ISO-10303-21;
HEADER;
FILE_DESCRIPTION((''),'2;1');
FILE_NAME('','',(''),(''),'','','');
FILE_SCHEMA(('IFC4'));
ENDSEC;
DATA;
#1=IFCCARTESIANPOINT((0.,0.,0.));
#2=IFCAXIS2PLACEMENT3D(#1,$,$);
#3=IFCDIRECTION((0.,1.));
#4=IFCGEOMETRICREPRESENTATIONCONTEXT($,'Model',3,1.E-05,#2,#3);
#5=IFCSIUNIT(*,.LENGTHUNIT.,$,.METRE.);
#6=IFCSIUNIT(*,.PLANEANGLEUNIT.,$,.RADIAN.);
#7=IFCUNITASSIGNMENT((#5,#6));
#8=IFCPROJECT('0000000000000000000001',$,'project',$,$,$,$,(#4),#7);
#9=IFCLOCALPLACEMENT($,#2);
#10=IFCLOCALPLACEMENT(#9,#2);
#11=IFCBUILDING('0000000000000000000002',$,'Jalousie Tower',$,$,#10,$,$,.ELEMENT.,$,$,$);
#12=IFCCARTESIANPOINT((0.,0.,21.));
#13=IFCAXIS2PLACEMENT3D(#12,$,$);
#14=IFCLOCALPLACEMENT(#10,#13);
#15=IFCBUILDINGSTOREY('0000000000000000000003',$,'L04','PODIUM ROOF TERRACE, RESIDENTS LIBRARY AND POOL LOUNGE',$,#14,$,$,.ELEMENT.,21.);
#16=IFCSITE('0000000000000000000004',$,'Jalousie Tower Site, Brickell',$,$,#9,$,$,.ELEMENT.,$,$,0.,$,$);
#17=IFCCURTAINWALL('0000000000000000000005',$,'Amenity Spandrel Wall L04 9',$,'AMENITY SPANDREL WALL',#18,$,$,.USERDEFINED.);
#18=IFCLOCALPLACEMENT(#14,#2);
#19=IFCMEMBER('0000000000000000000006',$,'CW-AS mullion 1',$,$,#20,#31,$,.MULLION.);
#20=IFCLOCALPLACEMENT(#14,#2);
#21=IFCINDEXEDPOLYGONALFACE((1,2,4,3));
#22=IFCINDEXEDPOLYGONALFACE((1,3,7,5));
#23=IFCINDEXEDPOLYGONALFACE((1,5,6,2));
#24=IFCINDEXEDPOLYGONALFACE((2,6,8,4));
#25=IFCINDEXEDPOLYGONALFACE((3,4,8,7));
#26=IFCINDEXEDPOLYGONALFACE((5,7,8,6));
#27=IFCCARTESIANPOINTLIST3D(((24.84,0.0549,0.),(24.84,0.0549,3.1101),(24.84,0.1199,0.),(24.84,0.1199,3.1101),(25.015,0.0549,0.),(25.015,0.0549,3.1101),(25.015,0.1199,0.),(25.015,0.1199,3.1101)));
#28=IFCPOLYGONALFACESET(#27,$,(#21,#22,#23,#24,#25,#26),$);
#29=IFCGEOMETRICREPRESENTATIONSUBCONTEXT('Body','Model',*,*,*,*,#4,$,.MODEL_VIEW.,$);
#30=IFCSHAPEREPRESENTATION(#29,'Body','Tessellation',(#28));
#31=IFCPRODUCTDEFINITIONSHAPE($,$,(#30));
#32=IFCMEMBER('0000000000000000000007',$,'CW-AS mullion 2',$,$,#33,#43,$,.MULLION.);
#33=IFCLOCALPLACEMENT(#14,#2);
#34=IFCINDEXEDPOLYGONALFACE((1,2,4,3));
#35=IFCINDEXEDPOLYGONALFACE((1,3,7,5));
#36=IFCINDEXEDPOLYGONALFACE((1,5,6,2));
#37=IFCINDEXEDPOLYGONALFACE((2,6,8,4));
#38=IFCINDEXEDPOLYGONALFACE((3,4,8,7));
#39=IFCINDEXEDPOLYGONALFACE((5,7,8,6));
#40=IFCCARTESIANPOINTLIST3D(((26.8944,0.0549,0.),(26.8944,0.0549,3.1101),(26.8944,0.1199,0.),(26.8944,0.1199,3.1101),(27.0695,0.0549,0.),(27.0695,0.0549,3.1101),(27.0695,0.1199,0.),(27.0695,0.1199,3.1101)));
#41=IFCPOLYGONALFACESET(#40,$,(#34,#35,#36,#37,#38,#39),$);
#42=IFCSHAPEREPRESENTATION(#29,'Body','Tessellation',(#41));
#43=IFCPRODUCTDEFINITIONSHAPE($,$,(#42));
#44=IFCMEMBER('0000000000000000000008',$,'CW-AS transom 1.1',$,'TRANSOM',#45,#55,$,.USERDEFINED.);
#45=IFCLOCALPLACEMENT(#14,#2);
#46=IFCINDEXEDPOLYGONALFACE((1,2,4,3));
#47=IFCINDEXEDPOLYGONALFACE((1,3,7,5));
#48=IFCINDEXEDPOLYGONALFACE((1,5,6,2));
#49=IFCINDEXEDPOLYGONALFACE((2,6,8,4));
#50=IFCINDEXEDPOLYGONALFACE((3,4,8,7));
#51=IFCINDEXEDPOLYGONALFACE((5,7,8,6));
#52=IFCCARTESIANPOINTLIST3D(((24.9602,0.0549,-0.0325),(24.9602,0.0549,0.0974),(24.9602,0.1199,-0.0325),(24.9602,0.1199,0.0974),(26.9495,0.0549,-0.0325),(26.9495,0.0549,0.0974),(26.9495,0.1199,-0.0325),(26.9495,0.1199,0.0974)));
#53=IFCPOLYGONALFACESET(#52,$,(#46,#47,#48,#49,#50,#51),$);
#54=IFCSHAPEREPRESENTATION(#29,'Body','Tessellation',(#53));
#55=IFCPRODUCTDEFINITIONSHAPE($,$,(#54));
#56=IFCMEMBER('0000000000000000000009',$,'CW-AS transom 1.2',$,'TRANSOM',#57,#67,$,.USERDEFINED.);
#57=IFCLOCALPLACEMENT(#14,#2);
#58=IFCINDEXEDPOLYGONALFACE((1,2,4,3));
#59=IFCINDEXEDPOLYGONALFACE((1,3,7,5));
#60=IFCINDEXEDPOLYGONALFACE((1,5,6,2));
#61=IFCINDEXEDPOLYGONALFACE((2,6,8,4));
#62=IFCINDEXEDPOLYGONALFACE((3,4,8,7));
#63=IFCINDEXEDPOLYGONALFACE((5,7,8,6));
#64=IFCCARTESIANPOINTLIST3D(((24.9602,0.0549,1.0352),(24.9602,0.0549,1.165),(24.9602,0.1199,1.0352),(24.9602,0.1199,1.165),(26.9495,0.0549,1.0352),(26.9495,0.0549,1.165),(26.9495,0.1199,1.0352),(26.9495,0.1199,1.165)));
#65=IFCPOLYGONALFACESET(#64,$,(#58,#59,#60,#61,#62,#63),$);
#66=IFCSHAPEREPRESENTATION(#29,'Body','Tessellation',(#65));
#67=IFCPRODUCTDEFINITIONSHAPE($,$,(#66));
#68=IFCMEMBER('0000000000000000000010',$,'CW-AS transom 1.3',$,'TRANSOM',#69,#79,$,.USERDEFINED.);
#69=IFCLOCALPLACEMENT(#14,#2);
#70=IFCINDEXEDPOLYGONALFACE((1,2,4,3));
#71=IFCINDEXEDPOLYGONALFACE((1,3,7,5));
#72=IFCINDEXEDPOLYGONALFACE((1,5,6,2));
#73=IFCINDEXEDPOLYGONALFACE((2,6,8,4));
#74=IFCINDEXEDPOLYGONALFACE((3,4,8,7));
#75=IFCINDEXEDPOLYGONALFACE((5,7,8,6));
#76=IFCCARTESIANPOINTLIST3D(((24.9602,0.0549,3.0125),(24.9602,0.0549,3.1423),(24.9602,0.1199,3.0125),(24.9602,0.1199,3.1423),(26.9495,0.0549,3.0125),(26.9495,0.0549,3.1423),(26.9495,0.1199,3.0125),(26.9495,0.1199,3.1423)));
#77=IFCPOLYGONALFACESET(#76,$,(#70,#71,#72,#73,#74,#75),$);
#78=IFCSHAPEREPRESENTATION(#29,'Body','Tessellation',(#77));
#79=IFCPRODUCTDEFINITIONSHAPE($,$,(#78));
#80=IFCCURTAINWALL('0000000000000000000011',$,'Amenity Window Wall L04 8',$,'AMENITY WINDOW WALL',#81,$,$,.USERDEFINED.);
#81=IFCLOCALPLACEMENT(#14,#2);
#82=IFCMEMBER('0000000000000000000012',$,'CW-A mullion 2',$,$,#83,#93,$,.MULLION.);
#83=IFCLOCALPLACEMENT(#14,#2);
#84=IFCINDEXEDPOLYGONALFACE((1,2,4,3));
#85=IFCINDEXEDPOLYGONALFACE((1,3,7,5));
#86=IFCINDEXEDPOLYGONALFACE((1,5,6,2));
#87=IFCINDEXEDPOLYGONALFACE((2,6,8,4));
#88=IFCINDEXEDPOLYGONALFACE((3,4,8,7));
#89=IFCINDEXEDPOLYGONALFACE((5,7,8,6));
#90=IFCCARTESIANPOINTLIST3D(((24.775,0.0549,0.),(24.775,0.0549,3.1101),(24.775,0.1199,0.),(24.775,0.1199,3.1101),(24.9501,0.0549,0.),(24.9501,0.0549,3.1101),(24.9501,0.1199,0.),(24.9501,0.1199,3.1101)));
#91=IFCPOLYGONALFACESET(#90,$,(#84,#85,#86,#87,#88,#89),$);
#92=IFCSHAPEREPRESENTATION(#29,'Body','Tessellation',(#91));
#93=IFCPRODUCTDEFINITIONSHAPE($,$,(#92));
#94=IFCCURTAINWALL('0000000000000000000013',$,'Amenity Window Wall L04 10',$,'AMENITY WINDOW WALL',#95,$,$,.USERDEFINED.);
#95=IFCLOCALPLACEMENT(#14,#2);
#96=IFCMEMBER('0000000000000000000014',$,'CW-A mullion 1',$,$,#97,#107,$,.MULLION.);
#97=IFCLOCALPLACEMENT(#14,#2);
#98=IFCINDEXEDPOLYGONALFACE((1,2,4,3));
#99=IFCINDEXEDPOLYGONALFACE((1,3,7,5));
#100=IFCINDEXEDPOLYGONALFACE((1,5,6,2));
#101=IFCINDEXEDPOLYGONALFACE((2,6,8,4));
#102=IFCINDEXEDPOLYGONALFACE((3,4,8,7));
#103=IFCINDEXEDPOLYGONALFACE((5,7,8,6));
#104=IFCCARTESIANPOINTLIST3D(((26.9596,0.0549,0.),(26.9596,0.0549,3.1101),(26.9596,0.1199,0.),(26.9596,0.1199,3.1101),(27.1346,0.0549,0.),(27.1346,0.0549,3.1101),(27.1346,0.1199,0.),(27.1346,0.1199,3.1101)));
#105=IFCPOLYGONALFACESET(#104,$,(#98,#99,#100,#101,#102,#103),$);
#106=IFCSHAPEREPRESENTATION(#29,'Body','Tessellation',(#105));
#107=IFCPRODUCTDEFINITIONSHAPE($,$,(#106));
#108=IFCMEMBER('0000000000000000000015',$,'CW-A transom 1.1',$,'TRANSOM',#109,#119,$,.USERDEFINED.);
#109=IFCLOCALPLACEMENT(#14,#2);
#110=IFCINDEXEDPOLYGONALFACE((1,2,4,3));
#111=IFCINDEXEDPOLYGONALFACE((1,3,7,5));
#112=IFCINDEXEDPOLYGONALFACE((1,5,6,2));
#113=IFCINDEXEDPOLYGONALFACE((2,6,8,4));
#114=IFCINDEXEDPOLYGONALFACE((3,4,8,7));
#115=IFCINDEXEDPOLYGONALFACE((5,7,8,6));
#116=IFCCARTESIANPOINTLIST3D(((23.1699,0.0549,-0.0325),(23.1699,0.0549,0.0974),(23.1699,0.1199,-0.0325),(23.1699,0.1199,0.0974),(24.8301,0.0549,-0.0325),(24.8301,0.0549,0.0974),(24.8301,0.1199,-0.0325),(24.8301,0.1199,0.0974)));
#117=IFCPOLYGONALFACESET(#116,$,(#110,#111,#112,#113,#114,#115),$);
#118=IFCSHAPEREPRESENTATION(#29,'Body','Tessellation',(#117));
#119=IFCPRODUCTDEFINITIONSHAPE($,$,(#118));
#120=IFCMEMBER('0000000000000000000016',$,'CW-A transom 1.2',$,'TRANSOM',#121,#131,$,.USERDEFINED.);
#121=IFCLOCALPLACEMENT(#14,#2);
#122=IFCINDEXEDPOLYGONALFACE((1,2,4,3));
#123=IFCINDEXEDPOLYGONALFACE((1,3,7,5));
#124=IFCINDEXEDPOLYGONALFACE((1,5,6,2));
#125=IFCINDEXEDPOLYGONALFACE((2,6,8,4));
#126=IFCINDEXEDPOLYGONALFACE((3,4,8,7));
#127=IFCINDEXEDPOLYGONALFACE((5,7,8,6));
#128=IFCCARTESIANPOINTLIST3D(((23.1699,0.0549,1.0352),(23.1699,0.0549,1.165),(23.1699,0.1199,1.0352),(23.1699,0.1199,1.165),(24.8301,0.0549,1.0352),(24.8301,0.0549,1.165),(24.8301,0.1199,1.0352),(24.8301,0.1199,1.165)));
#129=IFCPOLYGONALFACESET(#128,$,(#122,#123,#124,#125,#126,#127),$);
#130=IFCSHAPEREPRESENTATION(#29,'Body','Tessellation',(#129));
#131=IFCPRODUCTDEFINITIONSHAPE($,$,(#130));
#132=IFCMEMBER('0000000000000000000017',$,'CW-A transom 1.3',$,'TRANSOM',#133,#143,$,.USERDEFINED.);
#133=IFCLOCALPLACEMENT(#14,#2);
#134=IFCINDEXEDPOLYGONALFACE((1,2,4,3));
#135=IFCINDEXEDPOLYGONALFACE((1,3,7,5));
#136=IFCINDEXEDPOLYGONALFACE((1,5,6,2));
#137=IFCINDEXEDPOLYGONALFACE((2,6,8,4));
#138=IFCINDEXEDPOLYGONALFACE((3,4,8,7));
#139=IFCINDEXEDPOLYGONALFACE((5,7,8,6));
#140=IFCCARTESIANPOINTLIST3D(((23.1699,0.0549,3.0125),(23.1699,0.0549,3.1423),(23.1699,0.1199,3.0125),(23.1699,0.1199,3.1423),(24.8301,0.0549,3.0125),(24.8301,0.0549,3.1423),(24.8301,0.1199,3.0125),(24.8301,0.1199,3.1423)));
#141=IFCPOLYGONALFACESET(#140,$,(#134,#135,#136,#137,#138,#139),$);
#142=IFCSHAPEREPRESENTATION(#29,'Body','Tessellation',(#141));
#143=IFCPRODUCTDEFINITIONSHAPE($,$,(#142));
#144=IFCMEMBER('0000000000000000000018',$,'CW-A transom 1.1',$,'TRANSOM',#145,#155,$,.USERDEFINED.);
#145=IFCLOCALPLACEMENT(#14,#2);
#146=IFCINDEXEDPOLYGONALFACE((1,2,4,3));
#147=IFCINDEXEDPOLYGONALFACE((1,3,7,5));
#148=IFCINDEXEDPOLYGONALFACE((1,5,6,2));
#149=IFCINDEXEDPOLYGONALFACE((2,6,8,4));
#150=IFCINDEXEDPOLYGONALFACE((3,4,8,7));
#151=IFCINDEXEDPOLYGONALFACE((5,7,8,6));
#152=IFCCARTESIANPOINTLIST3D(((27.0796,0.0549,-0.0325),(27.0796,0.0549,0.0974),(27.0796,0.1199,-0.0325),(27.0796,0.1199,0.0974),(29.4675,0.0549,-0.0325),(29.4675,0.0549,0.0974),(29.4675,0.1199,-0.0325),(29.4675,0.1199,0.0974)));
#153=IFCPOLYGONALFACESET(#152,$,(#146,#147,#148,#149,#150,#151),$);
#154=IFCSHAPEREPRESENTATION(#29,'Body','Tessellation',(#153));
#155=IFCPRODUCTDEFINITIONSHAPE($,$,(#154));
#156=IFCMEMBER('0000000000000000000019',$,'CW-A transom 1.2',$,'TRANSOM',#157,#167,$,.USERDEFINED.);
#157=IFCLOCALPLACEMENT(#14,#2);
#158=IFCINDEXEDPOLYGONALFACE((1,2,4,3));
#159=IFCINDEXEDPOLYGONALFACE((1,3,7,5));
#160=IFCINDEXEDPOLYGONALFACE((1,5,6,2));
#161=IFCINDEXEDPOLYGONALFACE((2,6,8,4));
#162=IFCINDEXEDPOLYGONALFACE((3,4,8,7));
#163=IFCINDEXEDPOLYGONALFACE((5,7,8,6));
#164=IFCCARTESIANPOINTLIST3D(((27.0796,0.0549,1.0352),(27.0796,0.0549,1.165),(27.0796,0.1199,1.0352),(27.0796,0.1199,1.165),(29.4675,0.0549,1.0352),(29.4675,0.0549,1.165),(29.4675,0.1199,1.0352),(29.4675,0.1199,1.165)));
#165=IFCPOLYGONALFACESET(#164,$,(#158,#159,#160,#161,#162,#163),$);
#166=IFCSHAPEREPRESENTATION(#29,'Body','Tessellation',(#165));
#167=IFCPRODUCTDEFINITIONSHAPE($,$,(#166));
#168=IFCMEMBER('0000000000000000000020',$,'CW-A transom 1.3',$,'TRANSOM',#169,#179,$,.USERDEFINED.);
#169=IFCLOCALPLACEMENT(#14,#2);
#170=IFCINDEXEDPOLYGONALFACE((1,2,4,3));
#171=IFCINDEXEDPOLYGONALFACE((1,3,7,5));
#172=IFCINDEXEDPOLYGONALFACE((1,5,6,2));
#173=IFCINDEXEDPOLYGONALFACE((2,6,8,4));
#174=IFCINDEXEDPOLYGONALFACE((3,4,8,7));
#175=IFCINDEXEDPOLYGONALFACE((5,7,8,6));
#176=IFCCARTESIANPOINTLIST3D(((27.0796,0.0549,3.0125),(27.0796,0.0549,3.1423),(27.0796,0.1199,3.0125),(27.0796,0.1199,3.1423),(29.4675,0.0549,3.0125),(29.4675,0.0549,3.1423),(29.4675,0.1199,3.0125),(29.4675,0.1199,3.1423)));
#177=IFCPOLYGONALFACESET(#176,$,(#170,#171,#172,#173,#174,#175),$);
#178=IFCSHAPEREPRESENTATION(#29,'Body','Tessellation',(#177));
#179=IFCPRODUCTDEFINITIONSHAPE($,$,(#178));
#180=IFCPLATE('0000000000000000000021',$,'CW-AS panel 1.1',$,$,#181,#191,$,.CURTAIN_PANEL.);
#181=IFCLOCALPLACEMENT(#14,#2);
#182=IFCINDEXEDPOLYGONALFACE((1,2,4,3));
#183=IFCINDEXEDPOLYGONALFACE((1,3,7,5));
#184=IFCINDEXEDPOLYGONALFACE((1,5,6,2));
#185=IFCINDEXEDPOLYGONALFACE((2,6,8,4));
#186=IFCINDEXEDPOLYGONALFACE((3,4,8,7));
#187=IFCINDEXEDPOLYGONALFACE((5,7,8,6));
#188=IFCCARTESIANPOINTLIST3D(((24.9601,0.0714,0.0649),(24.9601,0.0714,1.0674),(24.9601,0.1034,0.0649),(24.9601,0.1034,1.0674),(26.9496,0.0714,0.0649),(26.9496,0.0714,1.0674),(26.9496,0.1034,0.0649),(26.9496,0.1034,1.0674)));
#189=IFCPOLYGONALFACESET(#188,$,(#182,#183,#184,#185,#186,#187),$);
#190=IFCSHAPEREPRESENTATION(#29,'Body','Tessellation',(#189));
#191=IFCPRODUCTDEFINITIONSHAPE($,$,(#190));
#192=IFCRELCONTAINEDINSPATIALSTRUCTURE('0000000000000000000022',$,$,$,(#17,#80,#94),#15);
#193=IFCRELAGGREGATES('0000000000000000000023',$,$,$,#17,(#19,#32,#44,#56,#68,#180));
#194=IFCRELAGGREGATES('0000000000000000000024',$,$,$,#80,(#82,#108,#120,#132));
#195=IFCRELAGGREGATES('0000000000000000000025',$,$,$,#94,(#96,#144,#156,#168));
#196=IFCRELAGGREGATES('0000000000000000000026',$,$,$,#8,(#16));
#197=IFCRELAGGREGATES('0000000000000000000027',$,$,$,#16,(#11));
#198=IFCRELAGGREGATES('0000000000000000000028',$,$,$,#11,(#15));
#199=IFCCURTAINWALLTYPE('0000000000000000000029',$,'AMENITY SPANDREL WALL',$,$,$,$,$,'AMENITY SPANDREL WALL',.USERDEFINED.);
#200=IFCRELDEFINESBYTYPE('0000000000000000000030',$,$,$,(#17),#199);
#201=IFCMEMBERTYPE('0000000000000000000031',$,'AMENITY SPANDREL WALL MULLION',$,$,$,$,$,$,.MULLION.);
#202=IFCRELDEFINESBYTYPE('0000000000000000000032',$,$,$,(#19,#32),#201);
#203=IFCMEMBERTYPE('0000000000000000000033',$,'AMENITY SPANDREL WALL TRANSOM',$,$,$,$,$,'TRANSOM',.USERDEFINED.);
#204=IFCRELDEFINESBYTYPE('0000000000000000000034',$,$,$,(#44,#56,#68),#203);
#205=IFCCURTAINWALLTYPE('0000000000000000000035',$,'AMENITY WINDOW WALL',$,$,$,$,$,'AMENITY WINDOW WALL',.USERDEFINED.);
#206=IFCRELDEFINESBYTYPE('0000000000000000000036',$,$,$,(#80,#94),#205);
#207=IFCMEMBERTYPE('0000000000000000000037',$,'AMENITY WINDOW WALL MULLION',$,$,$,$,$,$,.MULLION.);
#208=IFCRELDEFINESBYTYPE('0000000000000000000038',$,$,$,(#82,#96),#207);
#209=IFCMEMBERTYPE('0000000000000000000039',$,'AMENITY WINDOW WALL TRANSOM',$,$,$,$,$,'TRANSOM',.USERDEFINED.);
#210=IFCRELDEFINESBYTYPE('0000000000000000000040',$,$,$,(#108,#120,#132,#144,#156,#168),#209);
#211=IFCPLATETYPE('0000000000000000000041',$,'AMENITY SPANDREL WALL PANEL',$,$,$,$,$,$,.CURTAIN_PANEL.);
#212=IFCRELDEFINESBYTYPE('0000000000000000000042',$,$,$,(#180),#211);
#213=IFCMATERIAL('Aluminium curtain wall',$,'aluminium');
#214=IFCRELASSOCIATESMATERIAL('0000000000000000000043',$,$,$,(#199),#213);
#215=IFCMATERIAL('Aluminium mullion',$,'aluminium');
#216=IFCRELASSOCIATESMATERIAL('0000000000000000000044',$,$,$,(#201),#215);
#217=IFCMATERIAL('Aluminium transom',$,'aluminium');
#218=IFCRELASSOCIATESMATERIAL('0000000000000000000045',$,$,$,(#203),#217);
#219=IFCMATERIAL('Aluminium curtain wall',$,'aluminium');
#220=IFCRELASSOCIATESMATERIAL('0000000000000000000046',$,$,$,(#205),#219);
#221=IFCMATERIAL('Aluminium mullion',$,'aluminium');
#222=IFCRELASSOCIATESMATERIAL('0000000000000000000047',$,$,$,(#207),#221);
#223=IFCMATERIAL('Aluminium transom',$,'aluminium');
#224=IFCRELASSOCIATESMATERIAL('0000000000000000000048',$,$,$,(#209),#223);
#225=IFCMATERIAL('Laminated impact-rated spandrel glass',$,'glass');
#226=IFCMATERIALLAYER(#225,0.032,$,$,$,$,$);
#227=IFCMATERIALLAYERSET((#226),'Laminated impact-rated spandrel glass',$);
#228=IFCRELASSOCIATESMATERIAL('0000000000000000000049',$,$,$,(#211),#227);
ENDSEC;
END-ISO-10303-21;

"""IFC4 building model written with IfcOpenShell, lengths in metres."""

from ifc_helpers import new_model, si_unit, direction, frame, origin, origin_2d, place, context, subcontext, project, spatial, rectangle, extrude, material, layer, layer_set, material_profile, profile_set, type_object, element, aggregate, save


model = new_model("IFC4")

# Units and contexts
model_context = context("Model", 3, precision=1e-05, world=origin(), true_north=direction((0.0, 1.0)))
body_context = subcontext(model_context, "Body", "Model", "MODEL_VIEW")
ifc_project = project(units=[si_unit("LENGTHUNIT", "METRE"), si_unit("PLANEANGLEUNIT", "RADIAN")], contexts=[model_context])

# Site, building, storey
site_placement = place(None, origin())
site = spatial("IfcSite", under=ifc_project, at=site_placement, Name="Jalousie Tower Site, Brickell", CompositionType="ELEMENT", RefElevation=0.0)
building_placement = place(site_placement, origin())
building = spatial("IfcBuilding", under=site, at=building_placement, Name="Jalousie Tower", CompositionType="ELEMENT")
storey_placement = place(building_placement, frame((0.0, 0.0, 21.0)))
storey = spatial("IfcBuildingStorey", under=building, at=storey_placement, Name="L04", Description="PODIUM ROOF TERRACE, RESIDENTS LIBRARY AND POOL LOUNGE", CompositionType="ELEMENT", Elevation=21.0)

# Curtain wall, members
ifc_material_1 = material(Name="Aluminium curtain wall", Category="aluminium")
curtain_wall_type_1 = type_object("IfcCurtainWallType", Name="AMENITY SPANDREL WALL", ElementType="AMENITY SPANDREL WALL", PredefinedType="USERDEFINED", material=ifc_material_1)
curtain_wall_1_placement = place(storey_placement, origin())
curtain_wall_1 = element("IfcCurtainWall", 1, at=curtain_wall_1_placement, inside=storey, type_object=curtain_wall_type_1, Name="Amenity Spandrel Wall L04 9", ObjectType="AMENITY SPANDREL WALL", PredefinedType="USERDEFINED")
ifc_material_2 = material(Name="Aluminium mullion", Category="aluminium")
ifc_material_profile_1 = material_profile(ifc_material_2, rectangle(XDim=0.0649, YDim=0.175, at=origin_2d()), Name="MULLION 65x175")
ifc_profile_set_1 = profile_set([ifc_material_profile_1], Name="Aluminium mullion")
member_type_1 = type_object("IfcMemberType", Name="AMENITY SPANDREL WALL MULLION", PredefinedType="MULLION", material=ifc_profile_set_1)
member_1_placement = place(storey_placement, frame((24.9275, 0.0874, 0.0), z_axis=(0.0, 0.0, 1.0), x_axis=(0.0, 1.0, 0.0)))
member_1 = element("IfcMember", 2, at=member_1_placement, type_object=member_type_1, Name="CW-AS mullion 1", PredefinedType="MULLION", context=body_context, shape_type="SweptSolid", body=[
    extrude(rectangle(XDim=0.0649, YDim=0.175, at=origin_2d()), origin(), (0.0, 0.0, 1.0), 3.1101),
])
member_2_placement = place(storey_placement, frame((26.9819, 0.0874, 0.0), z_axis=(0.0, 0.0, 1.0), x_axis=(0.0, 1.0, 0.0)))
member_2 = element("IfcMember", 3, at=member_2_placement, type_object=member_type_1, Name="CW-AS mullion 2", PredefinedType="MULLION", context=body_context, shape_type="SweptSolid", body=[
    extrude(rectangle(XDim=0.0649, YDim=0.175, at=origin_2d()), origin(), (0.0, 0.0, 1.0), 3.1101),
])
ifc_material_3 = material(Name="Aluminium transom", Category="aluminium")
ifc_material_profile_2 = material_profile(ifc_material_3, rectangle(XDim=0.0649, YDim=0.1299, at=origin_2d()), Name="TRANSOM 65x130")
ifc_profile_set_2 = profile_set([ifc_material_profile_2], Name="Aluminium transom")
member_type_2 = type_object("IfcMemberType", Name="AMENITY SPANDREL WALL TRANSOM", ElementType="TRANSOM", PredefinedType="USERDEFINED", material=ifc_profile_set_2)
member_3_placement = place(storey_placement, frame((24.9602, 0.0874, 0.0325), z_axis=(1.0, 0.0, 0.0), x_axis=(0.0, 1.0, 0.0)))
member_3 = element("IfcMember", 4, at=member_3_placement, type_object=member_type_2, Name="CW-AS transom 1.1", ObjectType="TRANSOM", PredefinedType="USERDEFINED", context=body_context, shape_type="SweptSolid", body=[
    extrude(rectangle(XDim=0.0649, YDim=0.1299, at=origin_2d()), origin(), (0.0, 0.0, 1.0), 1.9893),
])
member_4_placement = place(storey_placement, frame((24.9602, 0.0874, 1.1001), z_axis=(1.0, 0.0, 0.0), x_axis=(0.0, 1.0, 0.0)))
member_4 = element("IfcMember", 5, at=member_4_placement, type_object=member_type_2, Name="CW-AS transom 1.2", ObjectType="TRANSOM", PredefinedType="USERDEFINED", context=body_context, shape_type="SweptSolid", body=[
    extrude(rectangle(XDim=0.0649, YDim=0.1299, at=origin_2d()), origin(), (0.0, 0.0, 1.0), 1.9893),
])
member_5_placement = place(storey_placement, frame((24.9602, 0.0874, 3.0774), z_axis=(1.0, 0.0, 0.0), x_axis=(0.0, 1.0, 0.0)))
member_5 = element("IfcMember", 6, at=member_5_placement, type_object=member_type_2, Name="CW-AS transom 1.3", ObjectType="TRANSOM", PredefinedType="USERDEFINED", context=body_context, shape_type="SweptSolid", body=[
    extrude(rectangle(XDim=0.0649, YDim=0.1299, at=origin_2d()), origin(), (0.0, 0.0, 1.0), 1.9893),
])

# Curtain walls, members
ifc_material_4 = material(Name="Aluminium curtain wall", Category="aluminium")
curtain_wall_type_2 = type_object("IfcCurtainWallType", Name="AMENITY WINDOW WALL", ElementType="AMENITY WINDOW WALL", PredefinedType="USERDEFINED", material=ifc_material_4)
curtain_wall_2_placement = place(storey_placement, origin())
curtain_wall_2 = element("IfcCurtainWall", 7, at=curtain_wall_2_placement, inside=storey, type_object=curtain_wall_type_2, Name="Amenity Window Wall L04 8", ObjectType="AMENITY WINDOW WALL", PredefinedType="USERDEFINED")
ifc_material_5 = material(Name="Aluminium mullion", Category="aluminium")
ifc_material_profile_3 = material_profile(ifc_material_5, rectangle(XDim=0.0649, YDim=0.175, at=origin_2d()), Name="MULLION 65x175")
ifc_profile_set_3 = profile_set([ifc_material_profile_3], Name="Aluminium mullion")
member_type_3 = type_object("IfcMemberType", Name="AMENITY WINDOW WALL MULLION", PredefinedType="MULLION", material=ifc_profile_set_3)
member_6_placement = place(storey_placement, frame((24.8625, 0.0874, 0.0), z_axis=(0.0, 0.0, 1.0), x_axis=(0.0, 1.0, 0.0)))
member_6 = element("IfcMember", 8, at=member_6_placement, type_object=member_type_3, Name="CW-A mullion 2", PredefinedType="MULLION", context=body_context, shape_type="SweptSolid", body=[
    extrude(rectangle(XDim=0.0649, YDim=0.175, at=origin_2d()), origin(), (0.0, 0.0, 1.0), 3.1101),
])
curtain_wall_3_placement = place(storey_placement, origin())
curtain_wall_3 = element("IfcCurtainWall", 9, at=curtain_wall_3_placement, inside=storey, type_object=curtain_wall_type_2, Name="Amenity Window Wall L04 10", ObjectType="AMENITY WINDOW WALL", PredefinedType="USERDEFINED")
member_7_placement = place(storey_placement, frame((27.0471, 0.0874, 0.0), z_axis=(0.0, 0.0, 1.0), x_axis=(0.0, 1.0, 0.0)))
member_7 = element("IfcMember", 10, at=member_7_placement, type_object=member_type_3, Name="CW-A mullion 1", PredefinedType="MULLION", context=body_context, shape_type="SweptSolid", body=[
    extrude(rectangle(XDim=0.0649, YDim=0.175, at=origin_2d()), origin(), (0.0, 0.0, 1.0), 3.1101),
])

# Members
ifc_material_6 = material(Name="Aluminium transom", Category="aluminium")
ifc_material_profile_4 = material_profile(ifc_material_6, rectangle(XDim=0.0649, YDim=0.1299, at=origin_2d()), Name="TRANSOM 65x130")
ifc_profile_set_4 = profile_set([ifc_material_profile_4], Name="Aluminium transom")
member_type_4 = type_object("IfcMemberType", Name="AMENITY WINDOW WALL TRANSOM", ElementType="TRANSOM", PredefinedType="USERDEFINED", material=ifc_profile_set_4)
member_8_placement = place(storey_placement, frame((23.1699, 0.0874, 0.0325), z_axis=(1.0, 0.0, 0.0), x_axis=(0.0, 1.0, 0.0)))
member_8 = element("IfcMember", 11, at=member_8_placement, type_object=member_type_4, Name="CW-A transom 1.1", ObjectType="TRANSOM", PredefinedType="USERDEFINED", context=body_context, shape_type="SweptSolid", body=[
    extrude(rectangle(XDim=0.0649, YDim=0.1299, at=origin_2d()), origin(), (0.0, 0.0, 1.0), 1.6602),
])
member_9_placement = place(storey_placement, frame((23.1699, 0.0874, 1.1001), z_axis=(1.0, 0.0, 0.0), x_axis=(0.0, 1.0, 0.0)))
member_9 = element("IfcMember", 12, at=member_9_placement, type_object=member_type_4, Name="CW-A transom 1.2", ObjectType="TRANSOM", PredefinedType="USERDEFINED", context=body_context, shape_type="SweptSolid", body=[
    extrude(rectangle(XDim=0.0649, YDim=0.1299, at=origin_2d()), origin(), (0.0, 0.0, 1.0), 1.6602),
])
member_10_placement = place(storey_placement, frame((23.1699, 0.0874, 3.0774), z_axis=(1.0, 0.0, 0.0), x_axis=(0.0, 1.0, 0.0)))
member_10 = element("IfcMember", 13, at=member_10_placement, type_object=member_type_4, Name="CW-A transom 1.3", ObjectType="TRANSOM", PredefinedType="USERDEFINED", context=body_context, shape_type="SweptSolid", body=[
    extrude(rectangle(XDim=0.0649, YDim=0.1299, at=origin_2d()), origin(), (0.0, 0.0, 1.0), 1.6602),
])
member_11_placement = place(storey_placement, frame((27.0796, 0.0874, 0.0325), z_axis=(1.0, 0.0, 0.0), x_axis=(0.0, 1.0, 0.0)))
member_11 = element("IfcMember", 14, at=member_11_placement, type_object=member_type_4, Name="CW-A transom 1.1", ObjectType="TRANSOM", PredefinedType="USERDEFINED", context=body_context, shape_type="SweptSolid", body=[
    extrude(rectangle(XDim=0.0649, YDim=0.1299, at=origin_2d()), origin(), (0.0, 0.0, 1.0), 2.3879),
])
member_12_placement = place(storey_placement, frame((27.0796, 0.0874, 1.1001), z_axis=(1.0, 0.0, 0.0), x_axis=(0.0, 1.0, 0.0)))
member_12 = element("IfcMember", 15, at=member_12_placement, type_object=member_type_4, Name="CW-A transom 1.2", ObjectType="TRANSOM", PredefinedType="USERDEFINED", context=body_context, shape_type="SweptSolid", body=[
    extrude(rectangle(XDim=0.0649, YDim=0.1299, at=origin_2d()), origin(), (0.0, 0.0, 1.0), 2.3879),
])
member_13_placement = place(storey_placement, frame((27.0796, 0.0874, 3.0774), z_axis=(1.0, 0.0, 0.0), x_axis=(0.0, 1.0, 0.0)))
member_13 = element("IfcMember", 16, at=member_13_placement, type_object=member_type_4, Name="CW-A transom 1.3", ObjectType="TRANSOM", PredefinedType="USERDEFINED", context=body_context, shape_type="SweptSolid", body=[
    extrude(rectangle(XDim=0.0649, YDim=0.1299, at=origin_2d()), origin(), (0.0, 0.0, 1.0), 2.3879),
])

# Plate
ifc_material_7 = material(Name="Laminated impact-rated spandrel glass", Category="glass")
ifc_layer_1 = layer(ifc_material_7, 0.032)
ifc_layer_set_1 = layer_set([ifc_layer_1], Name="Laminated impact-rated spandrel glass")
plate_type_1 = type_object("IfcPlateType", Name="AMENITY SPANDREL WALL PANEL", PredefinedType="CURTAIN_PANEL", material=ifc_layer_set_1)
plate_1_placement = place(storey_placement, frame((25.9548, 0.0874, 0.0649), z_axis=(0.0, 0.0, 1.0), x_axis=(1.0, 0.0, 0.0)))
plate_1 = element("IfcPlate", 17, at=plate_1_placement, type_object=plate_type_1, Name="CW-AS panel 1.1", PredefinedType="CURTAIN_PANEL", context=body_context, shape_type="SweptSolid", body=[
    extrude(rectangle(XDim=1.9895, YDim=0.032, at=origin_2d()), origin(), (0.0, 0.0, 1.0), 1.0024),
])
aggregate(curtain_wall_1, [member_1, member_2, member_3, member_4, member_5, plate_1])
aggregate(curtain_wall_2, [member_6, member_8, member_9, member_10])
aggregate(curtain_wall_3, [member_7, member_11, member_12, member_13])

save(model, "model.ifc")
